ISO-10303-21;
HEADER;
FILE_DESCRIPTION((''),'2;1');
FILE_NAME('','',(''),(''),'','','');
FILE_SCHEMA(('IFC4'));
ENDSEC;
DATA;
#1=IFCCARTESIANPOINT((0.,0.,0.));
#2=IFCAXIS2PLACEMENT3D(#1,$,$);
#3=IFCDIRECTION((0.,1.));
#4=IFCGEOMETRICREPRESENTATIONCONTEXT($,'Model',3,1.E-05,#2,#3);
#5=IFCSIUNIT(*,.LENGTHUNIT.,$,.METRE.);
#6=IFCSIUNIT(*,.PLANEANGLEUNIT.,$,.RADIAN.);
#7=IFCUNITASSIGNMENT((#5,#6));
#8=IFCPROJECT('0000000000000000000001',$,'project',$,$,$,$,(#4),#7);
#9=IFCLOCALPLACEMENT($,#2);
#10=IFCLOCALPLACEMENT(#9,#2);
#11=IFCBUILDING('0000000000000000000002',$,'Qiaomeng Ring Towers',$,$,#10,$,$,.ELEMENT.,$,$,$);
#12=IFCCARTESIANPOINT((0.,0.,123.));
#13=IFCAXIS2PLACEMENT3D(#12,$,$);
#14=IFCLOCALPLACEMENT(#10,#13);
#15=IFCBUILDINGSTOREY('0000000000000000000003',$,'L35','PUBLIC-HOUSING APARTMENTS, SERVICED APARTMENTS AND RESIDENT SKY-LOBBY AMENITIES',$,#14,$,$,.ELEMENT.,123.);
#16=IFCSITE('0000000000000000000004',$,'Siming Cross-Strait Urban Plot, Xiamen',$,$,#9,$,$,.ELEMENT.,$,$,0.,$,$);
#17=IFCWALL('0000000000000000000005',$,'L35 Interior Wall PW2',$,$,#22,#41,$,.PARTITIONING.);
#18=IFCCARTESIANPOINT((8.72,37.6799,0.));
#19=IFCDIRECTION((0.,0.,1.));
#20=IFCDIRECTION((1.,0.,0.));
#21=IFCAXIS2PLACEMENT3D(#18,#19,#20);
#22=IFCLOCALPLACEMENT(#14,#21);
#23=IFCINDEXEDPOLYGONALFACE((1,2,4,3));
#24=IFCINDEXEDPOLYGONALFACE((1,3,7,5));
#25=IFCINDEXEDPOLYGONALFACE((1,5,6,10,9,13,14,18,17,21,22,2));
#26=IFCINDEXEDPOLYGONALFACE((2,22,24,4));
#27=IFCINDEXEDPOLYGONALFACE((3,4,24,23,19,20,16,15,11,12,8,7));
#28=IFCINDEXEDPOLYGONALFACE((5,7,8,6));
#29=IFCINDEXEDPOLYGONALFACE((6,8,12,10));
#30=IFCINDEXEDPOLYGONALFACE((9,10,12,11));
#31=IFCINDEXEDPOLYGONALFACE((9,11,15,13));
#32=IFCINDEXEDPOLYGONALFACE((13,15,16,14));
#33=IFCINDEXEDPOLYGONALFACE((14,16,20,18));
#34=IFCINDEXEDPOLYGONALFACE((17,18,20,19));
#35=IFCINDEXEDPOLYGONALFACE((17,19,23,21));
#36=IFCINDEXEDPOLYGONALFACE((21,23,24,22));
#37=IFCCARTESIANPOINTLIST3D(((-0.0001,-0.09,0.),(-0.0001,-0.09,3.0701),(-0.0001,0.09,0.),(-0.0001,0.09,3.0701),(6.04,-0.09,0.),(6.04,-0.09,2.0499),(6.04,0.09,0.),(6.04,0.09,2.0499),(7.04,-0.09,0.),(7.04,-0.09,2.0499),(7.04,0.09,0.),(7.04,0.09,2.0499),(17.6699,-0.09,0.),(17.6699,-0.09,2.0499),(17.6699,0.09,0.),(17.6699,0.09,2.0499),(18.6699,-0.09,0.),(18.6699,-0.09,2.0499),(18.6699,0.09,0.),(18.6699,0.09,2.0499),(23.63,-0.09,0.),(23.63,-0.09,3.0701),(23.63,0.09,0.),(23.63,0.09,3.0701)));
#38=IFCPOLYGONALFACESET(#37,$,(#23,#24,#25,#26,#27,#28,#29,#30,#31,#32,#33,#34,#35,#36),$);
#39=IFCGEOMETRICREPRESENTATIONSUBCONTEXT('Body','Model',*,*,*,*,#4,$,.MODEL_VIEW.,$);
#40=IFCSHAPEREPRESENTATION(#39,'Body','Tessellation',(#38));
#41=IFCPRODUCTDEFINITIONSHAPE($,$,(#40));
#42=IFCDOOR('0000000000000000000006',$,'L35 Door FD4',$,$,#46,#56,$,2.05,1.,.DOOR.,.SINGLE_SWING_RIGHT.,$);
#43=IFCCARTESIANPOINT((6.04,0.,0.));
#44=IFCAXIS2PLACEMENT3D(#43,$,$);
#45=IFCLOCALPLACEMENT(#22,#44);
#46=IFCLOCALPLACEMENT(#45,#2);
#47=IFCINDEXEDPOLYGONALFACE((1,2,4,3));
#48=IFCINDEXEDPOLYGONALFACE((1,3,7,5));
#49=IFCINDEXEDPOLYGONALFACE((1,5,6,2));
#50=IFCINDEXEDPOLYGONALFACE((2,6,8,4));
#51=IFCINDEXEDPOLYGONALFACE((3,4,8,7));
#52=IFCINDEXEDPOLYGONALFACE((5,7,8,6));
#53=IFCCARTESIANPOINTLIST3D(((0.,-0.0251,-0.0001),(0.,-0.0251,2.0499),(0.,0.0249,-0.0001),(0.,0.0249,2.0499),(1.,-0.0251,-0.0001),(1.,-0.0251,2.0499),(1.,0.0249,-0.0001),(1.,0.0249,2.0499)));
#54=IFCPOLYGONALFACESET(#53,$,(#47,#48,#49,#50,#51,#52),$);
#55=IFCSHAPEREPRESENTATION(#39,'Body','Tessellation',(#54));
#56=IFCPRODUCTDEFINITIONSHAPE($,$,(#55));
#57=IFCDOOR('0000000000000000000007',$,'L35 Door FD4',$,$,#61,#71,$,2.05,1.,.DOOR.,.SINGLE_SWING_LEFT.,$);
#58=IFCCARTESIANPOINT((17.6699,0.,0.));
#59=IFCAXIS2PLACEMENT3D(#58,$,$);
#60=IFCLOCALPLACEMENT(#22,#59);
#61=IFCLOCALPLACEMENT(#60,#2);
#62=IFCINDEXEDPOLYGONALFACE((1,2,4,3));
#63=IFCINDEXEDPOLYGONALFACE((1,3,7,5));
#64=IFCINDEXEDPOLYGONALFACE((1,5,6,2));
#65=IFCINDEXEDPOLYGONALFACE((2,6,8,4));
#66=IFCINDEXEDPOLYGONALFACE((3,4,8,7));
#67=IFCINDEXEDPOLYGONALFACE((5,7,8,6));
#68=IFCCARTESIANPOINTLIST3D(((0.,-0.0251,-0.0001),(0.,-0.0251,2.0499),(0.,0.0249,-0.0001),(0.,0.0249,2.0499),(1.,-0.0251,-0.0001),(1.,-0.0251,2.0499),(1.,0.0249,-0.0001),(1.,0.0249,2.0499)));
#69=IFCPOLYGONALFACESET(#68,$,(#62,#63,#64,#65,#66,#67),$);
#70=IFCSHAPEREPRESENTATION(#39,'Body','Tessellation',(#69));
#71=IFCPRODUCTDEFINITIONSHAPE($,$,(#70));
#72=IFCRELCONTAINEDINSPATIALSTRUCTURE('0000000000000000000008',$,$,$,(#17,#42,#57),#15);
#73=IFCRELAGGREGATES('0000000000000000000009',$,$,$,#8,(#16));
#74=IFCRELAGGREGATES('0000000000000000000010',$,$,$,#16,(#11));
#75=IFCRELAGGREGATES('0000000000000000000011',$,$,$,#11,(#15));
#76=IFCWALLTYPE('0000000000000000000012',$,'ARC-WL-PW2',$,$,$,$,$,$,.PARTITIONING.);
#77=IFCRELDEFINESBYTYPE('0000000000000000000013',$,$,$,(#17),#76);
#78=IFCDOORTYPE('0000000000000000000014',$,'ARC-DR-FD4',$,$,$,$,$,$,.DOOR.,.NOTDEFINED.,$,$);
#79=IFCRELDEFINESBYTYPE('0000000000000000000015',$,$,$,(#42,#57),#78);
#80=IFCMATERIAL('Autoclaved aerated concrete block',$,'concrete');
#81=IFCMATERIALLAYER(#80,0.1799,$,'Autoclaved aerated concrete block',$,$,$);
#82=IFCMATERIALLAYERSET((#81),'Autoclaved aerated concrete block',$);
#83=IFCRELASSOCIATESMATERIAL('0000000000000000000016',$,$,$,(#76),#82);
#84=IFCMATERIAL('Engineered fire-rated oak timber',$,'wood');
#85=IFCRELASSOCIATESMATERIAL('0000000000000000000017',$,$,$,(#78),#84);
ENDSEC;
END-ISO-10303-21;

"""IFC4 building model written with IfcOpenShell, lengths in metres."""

from ifc_helpers import new_model, si_unit, direction, frame, frame_2d, origin, place, context, subcontext, project, spatial, rectangle, extrude, source, transform, mapped, material, layer, layer_set, type_object, element, fill, save


model = new_model("IFC4")

# Units and contexts
model_context = context("Model", 3, precision=1e-05, world=origin(), true_north=direction((0.0, 1.0)))
body_context = subcontext(model_context, "Body", "Model", "MODEL_VIEW")
ifc_project = project(units=[si_unit("LENGTHUNIT", "METRE"), si_unit("PLANEANGLEUNIT", "RADIAN")], contexts=[model_context])

# Site, building, storey
site_placement = place(None, origin())
site = spatial("IfcSite", under=ifc_project, at=site_placement, Name="Siming Cross-Strait Urban Plot, Xiamen", CompositionType="ELEMENT", RefElevation=0.0)
building_placement = place(site_placement, origin())
building = spatial("IfcBuilding", under=site, at=building_placement, Name="Qiaomeng Ring Towers", CompositionType="ELEMENT")
storey_placement = place(building_placement, frame((0.0, 0.0, 123.0)))
storey = spatial("IfcBuildingStorey", under=building, at=storey_placement, Name="L35", Description="PUBLIC-HOUSING APARTMENTS, SERVICED APARTMENTS AND RESIDENT SKY-LOBBY AMENITIES", CompositionType="ELEMENT", Elevation=123.0)

# Wall, openings, doors
ifc_material_1 = material(Name="Autoclaved aerated concrete block", Category="concrete")
ifc_layer_1 = layer(ifc_material_1, 0.1799, Name="Autoclaved aerated concrete block")
ifc_layer_set_1 = layer_set([ifc_layer_1], Name="Autoclaved aerated concrete block")
wall_type_1 = type_object("IfcWallType", Name="ARC-WL-PW2", PredefinedType="PARTITIONING", material=ifc_layer_set_1)
wall_1_placement = place(storey_placement, frame((8.72, 37.6799, 0.0), z_axis=(0.0, 0.0, 1.0), x_axis=(1.0, 0.0, 0.0)))
wall_1 = element("IfcWall", 1, at=wall_1_placement, inside=storey, type_object=wall_type_1, Name="L35 Interior Wall PW2", PredefinedType="PARTITIONING", context=body_context, shape_type="SweptSolid", body=[
    extrude(rectangle(XDim=23.6301, YDim=0.1799, at=frame_2d((11.8149, 0.0))), origin(), (0.0, 0.0, 1.0), 3.0701),
])
opening_1_placement = place(wall_1_placement, frame((6.04, 0.0, 0.0)))
opening_1 = element("IfcOpeningElement", 2, at=opening_1_placement, cuts=wall_1, PredefinedType="OPENING", context=body_context, shape_type="SweptSolid", body=[
    extrude(rectangle(XDim=1.0, YDim=2.05, at=frame_2d((0.5, 1.0249))), frame((0.0, 0.0999, 0.0), z_axis=(0.0, -1.0, 0.0), x_axis=(1.0, 0.0, 0.0)), (0.0, 0.0, 1.0), 0.2),
])
opening_2_placement = place(wall_1_placement, frame((17.6699, 0.0, 0.0)))
opening_2 = element("IfcOpeningElement", 3, at=opening_2_placement, cuts=wall_1, PredefinedType="OPENING", context=body_context, shape_type="SweptSolid", body=[
    extrude(rectangle(XDim=1.0, YDim=2.05, at=frame_2d((0.5, 1.0249))), frame((0.0, 0.0999, 0.0), z_axis=(0.0, -1.0, 0.0), x_axis=(1.0, 0.0, 0.0)), (0.0, 0.0, 1.0), 0.2),
])
ifc_material_2 = material(Name="Engineered fire-rated oak timber", Category="wood")
door_type_1 = type_object("IfcDoorType", Name="ARC-DR-FD4", OperationType="NOTDEFINED", PredefinedType="DOOR", material=ifc_material_2)
shared_shape_1 = source(origin(), body_context, "Body", "SweptSolid", [
    extrude(rectangle(XDim=1.0, YDim=2.05, at=frame_2d((0.5, 1.0249))), frame((0.0, 0.0249, 0.0), z_axis=(0.0, -1.0, 0.0), x_axis=(1.0, 0.0, 0.0)), (0.0, 0.0, 1.0), 0.05),
])
door_1_placement = place(opening_1_placement, origin())
door_1 = element("IfcDoor", 4, at=door_1_placement, inside=storey, type_object=door_type_1, Name="L35 Door FD4", OperationType="SINGLE_SWING_RIGHT", OverallHeight=2.05, OverallWidth=1.0, PredefinedType="DOOR", context=body_context, shape_type="MappedRepresentation", body=[
    mapped(shared_shape_1, transform((0.0, 0.0, 0.0), x_axis=(1.0, 0.0, 0.0), y_axis=(0.0, 1.0, 0.0), z_axis=(0.0, 0.0, 1.0), scale=1.0)),
])
fill(opening_1, door_1)
door_2_placement = place(opening_2_placement, origin())
door_2 = element("IfcDoor", 5, at=door_2_placement, inside=storey, type_object=door_type_1, Name="L35 Door FD4", OperationType="SINGLE_SWING_LEFT", OverallHeight=2.05, OverallWidth=1.0, PredefinedType="DOOR", context=body_context, shape_type="MappedRepresentation", body=[
    mapped(shared_shape_1, transform((0.0, 0.0, 0.0), x_axis=(1.0, 0.0, 0.0), y_axis=(0.0, 1.0, 0.0), z_axis=(0.0, 0.0, 1.0), scale=1.0)),
])
fill(opening_2, door_2)

save(model, "model.ifc")
